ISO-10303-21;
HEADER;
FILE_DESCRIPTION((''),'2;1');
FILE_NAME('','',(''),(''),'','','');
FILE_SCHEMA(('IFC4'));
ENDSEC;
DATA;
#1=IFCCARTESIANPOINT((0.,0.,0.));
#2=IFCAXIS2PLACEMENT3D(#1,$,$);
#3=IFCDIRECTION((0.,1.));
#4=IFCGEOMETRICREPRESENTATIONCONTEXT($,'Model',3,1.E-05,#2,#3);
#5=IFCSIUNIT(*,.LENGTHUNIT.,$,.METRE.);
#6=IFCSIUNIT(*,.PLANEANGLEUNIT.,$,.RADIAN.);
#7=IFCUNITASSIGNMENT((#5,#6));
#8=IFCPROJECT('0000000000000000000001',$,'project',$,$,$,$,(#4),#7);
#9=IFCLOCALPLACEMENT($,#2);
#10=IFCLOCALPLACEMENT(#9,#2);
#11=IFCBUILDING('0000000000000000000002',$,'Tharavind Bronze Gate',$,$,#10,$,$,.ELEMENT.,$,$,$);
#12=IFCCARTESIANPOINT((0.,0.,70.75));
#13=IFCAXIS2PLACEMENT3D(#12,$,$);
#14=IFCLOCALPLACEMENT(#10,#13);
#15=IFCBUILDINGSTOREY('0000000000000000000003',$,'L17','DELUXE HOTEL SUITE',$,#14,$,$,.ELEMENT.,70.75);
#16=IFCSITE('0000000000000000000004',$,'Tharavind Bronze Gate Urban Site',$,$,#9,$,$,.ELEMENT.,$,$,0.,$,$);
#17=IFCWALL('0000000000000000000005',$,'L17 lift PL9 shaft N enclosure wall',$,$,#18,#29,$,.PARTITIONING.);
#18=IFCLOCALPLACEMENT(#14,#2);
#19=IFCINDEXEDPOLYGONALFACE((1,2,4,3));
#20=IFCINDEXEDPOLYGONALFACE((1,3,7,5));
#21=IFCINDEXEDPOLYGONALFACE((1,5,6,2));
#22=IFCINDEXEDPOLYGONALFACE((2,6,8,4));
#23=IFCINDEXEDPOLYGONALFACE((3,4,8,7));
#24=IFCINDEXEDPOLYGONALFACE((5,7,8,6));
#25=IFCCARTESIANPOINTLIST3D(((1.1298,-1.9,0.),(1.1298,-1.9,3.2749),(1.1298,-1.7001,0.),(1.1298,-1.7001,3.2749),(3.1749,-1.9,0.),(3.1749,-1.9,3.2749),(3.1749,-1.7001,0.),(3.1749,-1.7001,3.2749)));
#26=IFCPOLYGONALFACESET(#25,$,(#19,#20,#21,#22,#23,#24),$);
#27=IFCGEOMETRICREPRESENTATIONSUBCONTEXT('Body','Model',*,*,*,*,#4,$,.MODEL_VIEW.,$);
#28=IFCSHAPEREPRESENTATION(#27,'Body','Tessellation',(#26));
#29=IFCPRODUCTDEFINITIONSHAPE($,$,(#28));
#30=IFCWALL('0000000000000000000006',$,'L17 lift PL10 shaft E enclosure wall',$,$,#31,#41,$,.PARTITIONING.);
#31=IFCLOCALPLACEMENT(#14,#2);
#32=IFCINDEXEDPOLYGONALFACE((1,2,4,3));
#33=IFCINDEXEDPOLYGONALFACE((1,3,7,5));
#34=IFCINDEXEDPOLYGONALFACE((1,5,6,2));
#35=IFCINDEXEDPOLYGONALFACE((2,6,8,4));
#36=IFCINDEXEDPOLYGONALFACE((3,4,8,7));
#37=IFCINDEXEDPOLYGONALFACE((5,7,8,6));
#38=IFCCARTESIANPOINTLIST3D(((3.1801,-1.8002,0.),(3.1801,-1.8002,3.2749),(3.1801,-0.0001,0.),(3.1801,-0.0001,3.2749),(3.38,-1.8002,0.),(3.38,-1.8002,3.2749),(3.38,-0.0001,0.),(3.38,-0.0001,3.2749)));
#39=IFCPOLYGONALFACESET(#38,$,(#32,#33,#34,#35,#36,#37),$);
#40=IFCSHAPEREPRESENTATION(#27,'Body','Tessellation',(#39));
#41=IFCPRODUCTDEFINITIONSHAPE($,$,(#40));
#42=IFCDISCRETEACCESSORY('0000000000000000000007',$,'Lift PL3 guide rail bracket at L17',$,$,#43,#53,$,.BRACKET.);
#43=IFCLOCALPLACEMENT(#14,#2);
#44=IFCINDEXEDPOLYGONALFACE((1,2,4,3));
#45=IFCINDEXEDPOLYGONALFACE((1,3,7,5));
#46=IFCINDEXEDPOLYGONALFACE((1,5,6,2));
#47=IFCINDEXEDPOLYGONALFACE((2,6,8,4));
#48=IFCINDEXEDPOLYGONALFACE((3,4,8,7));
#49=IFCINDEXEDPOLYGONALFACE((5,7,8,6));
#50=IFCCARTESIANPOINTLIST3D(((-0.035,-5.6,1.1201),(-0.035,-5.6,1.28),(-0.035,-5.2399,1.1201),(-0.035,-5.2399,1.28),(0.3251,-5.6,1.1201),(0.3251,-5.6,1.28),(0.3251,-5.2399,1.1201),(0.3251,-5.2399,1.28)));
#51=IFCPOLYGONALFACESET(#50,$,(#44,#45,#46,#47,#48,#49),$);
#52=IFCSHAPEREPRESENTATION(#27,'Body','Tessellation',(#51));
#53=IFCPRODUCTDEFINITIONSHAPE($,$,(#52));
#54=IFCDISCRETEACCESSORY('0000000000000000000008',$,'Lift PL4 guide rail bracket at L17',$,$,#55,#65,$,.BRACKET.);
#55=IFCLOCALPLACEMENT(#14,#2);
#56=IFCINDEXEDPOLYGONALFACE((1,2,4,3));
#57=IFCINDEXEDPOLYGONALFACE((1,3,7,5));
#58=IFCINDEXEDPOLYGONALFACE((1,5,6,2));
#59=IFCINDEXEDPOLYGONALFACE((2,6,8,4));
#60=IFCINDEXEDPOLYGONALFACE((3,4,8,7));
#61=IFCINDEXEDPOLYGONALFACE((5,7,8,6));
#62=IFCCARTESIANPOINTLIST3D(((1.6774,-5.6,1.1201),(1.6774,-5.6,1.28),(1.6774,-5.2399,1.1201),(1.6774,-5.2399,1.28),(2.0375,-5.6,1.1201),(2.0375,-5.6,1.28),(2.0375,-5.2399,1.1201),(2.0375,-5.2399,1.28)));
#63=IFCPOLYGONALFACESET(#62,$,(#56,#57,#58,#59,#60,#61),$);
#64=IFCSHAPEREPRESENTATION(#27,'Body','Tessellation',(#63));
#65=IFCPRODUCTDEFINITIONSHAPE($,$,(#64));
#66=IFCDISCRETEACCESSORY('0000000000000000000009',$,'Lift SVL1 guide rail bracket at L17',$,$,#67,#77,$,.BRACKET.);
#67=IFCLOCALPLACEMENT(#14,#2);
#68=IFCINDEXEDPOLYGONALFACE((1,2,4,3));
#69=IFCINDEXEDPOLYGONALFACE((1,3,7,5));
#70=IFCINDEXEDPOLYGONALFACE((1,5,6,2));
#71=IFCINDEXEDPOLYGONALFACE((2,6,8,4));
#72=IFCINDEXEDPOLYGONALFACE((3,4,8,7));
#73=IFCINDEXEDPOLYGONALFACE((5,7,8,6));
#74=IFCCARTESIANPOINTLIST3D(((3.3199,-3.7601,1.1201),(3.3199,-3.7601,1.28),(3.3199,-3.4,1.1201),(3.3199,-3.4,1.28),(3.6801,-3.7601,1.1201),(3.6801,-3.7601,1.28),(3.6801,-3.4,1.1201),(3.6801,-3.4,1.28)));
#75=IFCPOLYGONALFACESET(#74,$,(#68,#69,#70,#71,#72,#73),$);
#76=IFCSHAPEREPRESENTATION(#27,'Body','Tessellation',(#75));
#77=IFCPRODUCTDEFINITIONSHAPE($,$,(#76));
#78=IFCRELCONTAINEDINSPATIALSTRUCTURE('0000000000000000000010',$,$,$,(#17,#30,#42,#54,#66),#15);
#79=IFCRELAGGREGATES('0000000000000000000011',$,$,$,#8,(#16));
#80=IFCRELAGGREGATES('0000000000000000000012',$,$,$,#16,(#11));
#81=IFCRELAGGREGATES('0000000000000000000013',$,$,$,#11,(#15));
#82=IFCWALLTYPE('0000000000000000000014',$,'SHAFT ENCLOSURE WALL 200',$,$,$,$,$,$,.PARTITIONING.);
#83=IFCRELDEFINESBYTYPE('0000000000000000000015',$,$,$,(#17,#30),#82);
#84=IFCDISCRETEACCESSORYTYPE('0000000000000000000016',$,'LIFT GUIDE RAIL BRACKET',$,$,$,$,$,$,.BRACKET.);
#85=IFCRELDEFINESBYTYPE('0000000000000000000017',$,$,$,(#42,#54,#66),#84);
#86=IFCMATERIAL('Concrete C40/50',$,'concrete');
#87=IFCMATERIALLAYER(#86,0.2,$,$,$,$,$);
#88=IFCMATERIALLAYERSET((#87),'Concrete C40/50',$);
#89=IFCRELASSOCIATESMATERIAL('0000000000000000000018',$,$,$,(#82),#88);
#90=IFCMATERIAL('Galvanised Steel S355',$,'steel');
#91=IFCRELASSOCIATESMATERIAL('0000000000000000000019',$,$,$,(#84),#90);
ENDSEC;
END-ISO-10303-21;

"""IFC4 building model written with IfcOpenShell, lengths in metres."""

from ifc_helpers import new_model, si_unit, direction, frame, frame_2d, origin, origin_2d, place, context, subcontext, project, spatial, rectangle, extrude, material, layer, layer_set, type_object, element, save


model = new_model("IFC4")

# Units and contexts
model_context = context("Model", 3, precision=1e-05, world=origin(), true_north=direction((0.0, 1.0)))
body_context = subcontext(model_context, "Body", "Model", "MODEL_VIEW")
ifc_project = project(units=[si_unit("LENGTHUNIT", "METRE"), si_unit("PLANEANGLEUNIT", "RADIAN")], contexts=[model_context])

# Site, building, storey
site_placement = place(None, origin())
site = spatial("IfcSite", under=ifc_project, at=site_placement, Name="Tharavind Bronze Gate Urban Site", CompositionType="ELEMENT", RefElevation=0.0)
building_placement = place(site_placement, origin())
building = spatial("IfcBuilding", under=site, at=building_placement, Name="Tharavind Bronze Gate", CompositionType="ELEMENT")
storey_placement = place(building_placement, frame((0.0, 0.0, 70.75)))
storey = spatial("IfcBuildingStorey", under=building, at=storey_placement, Name="L17", Description="DELUXE HOTEL SUITE", CompositionType="ELEMENT", Elevation=70.75)

# Walls
ifc_material_1 = material(Name="Concrete C40/50", Category="concrete")
ifc_layer_1 = layer(ifc_material_1, 0.2)
ifc_layer_set_1 = layer_set([ifc_layer_1], Name="Concrete C40/50")
wall_type_1 = type_object("IfcWallType", Name="SHAFT ENCLOSURE WALL 200", PredefinedType="PARTITIONING", material=ifc_layer_set_1)
for number, where, z_axis, x_axis, name in (
    (1, (1.1299, -1.8, 0.0), (0.0, 0.0, 1.0), (1.0, 0.0, 0.0), "L17 lift PL9 shaft N enclosure wall"),
):
    element("IfcWall", number, at=place(storey_placement, frame(where, z_axis=z_axis, x_axis=x_axis)), inside=storey, type_object=wall_type_1, Name=name, PredefinedType="PARTITIONING", context=body_context, shape_type="SweptSolid", body=[
        extrude(rectangle(XDim=2.0452, YDim=0.2, at=frame_2d((1.0225, 0.0))), origin(), (0.0, 0.0, 1.0), 3.2749),
    ])
wall_1_placement = place(storey_placement, frame((3.28, -1.8, 0.0), z_axis=(0.0, 0.0, 1.0), x_axis=(0.0, 1.0, 0.0)))
element("IfcWall", 2, at=wall_1_placement, inside=storey, type_object=wall_type_1, Name="L17 lift PL10 shaft E enclosure wall", PredefinedType="PARTITIONING", context=body_context, shape_type="SweptSolid", body=[
    extrude(rectangle(XDim=1.8, YDim=0.2, at=frame_2d((0.8999, 0.0))), origin(), (0.0, 0.0, 1.0), 3.2749),
])

# Discrete accessories
ifc_material_2 = material(Name="Galvanised Steel S355", Category="steel")
discrete_accessory_type = type_object("IfcDiscreteAccessoryType", Name="LIFT GUIDE RAIL BRACKET", PredefinedType="BRACKET", material=ifc_material_2)
for number, where, z_axis, x_axis, name in (
    (3, (0.145, -5.4199, 1.1201), (0.0, 0.0, 1.0), (1.0, 0.0, 0.0), "Lift PL3 guide rail bracket at L17"),
    (4, (1.8574, -5.4199, 1.1201), (0.0, 0.0, 1.0), (1.0, 0.0, 0.0), "Lift PL4 guide rail bracket at L17"),
    (5, (3.5, -3.5801, 1.1201), (0.0, 0.0, 1.0), (1.0, 0.0, 0.0), "Lift SVL1 guide rail bracket at L17"),
):
    element("IfcDiscreteAccessory", number, at=place(storey_placement, frame(where, z_axis=z_axis, x_axis=x_axis)), inside=storey, type_object=discrete_accessory_type, Name=name, PredefinedType="BRACKET", context=body_context, shape_type="SweptSolid", body=[
        extrude(rectangle(XDim=0.3601, YDim=0.3601, at=origin_2d()), origin(), (0.0, 0.0, 1.0), 0.1599),
    ])

save(model, "model.ifc")
